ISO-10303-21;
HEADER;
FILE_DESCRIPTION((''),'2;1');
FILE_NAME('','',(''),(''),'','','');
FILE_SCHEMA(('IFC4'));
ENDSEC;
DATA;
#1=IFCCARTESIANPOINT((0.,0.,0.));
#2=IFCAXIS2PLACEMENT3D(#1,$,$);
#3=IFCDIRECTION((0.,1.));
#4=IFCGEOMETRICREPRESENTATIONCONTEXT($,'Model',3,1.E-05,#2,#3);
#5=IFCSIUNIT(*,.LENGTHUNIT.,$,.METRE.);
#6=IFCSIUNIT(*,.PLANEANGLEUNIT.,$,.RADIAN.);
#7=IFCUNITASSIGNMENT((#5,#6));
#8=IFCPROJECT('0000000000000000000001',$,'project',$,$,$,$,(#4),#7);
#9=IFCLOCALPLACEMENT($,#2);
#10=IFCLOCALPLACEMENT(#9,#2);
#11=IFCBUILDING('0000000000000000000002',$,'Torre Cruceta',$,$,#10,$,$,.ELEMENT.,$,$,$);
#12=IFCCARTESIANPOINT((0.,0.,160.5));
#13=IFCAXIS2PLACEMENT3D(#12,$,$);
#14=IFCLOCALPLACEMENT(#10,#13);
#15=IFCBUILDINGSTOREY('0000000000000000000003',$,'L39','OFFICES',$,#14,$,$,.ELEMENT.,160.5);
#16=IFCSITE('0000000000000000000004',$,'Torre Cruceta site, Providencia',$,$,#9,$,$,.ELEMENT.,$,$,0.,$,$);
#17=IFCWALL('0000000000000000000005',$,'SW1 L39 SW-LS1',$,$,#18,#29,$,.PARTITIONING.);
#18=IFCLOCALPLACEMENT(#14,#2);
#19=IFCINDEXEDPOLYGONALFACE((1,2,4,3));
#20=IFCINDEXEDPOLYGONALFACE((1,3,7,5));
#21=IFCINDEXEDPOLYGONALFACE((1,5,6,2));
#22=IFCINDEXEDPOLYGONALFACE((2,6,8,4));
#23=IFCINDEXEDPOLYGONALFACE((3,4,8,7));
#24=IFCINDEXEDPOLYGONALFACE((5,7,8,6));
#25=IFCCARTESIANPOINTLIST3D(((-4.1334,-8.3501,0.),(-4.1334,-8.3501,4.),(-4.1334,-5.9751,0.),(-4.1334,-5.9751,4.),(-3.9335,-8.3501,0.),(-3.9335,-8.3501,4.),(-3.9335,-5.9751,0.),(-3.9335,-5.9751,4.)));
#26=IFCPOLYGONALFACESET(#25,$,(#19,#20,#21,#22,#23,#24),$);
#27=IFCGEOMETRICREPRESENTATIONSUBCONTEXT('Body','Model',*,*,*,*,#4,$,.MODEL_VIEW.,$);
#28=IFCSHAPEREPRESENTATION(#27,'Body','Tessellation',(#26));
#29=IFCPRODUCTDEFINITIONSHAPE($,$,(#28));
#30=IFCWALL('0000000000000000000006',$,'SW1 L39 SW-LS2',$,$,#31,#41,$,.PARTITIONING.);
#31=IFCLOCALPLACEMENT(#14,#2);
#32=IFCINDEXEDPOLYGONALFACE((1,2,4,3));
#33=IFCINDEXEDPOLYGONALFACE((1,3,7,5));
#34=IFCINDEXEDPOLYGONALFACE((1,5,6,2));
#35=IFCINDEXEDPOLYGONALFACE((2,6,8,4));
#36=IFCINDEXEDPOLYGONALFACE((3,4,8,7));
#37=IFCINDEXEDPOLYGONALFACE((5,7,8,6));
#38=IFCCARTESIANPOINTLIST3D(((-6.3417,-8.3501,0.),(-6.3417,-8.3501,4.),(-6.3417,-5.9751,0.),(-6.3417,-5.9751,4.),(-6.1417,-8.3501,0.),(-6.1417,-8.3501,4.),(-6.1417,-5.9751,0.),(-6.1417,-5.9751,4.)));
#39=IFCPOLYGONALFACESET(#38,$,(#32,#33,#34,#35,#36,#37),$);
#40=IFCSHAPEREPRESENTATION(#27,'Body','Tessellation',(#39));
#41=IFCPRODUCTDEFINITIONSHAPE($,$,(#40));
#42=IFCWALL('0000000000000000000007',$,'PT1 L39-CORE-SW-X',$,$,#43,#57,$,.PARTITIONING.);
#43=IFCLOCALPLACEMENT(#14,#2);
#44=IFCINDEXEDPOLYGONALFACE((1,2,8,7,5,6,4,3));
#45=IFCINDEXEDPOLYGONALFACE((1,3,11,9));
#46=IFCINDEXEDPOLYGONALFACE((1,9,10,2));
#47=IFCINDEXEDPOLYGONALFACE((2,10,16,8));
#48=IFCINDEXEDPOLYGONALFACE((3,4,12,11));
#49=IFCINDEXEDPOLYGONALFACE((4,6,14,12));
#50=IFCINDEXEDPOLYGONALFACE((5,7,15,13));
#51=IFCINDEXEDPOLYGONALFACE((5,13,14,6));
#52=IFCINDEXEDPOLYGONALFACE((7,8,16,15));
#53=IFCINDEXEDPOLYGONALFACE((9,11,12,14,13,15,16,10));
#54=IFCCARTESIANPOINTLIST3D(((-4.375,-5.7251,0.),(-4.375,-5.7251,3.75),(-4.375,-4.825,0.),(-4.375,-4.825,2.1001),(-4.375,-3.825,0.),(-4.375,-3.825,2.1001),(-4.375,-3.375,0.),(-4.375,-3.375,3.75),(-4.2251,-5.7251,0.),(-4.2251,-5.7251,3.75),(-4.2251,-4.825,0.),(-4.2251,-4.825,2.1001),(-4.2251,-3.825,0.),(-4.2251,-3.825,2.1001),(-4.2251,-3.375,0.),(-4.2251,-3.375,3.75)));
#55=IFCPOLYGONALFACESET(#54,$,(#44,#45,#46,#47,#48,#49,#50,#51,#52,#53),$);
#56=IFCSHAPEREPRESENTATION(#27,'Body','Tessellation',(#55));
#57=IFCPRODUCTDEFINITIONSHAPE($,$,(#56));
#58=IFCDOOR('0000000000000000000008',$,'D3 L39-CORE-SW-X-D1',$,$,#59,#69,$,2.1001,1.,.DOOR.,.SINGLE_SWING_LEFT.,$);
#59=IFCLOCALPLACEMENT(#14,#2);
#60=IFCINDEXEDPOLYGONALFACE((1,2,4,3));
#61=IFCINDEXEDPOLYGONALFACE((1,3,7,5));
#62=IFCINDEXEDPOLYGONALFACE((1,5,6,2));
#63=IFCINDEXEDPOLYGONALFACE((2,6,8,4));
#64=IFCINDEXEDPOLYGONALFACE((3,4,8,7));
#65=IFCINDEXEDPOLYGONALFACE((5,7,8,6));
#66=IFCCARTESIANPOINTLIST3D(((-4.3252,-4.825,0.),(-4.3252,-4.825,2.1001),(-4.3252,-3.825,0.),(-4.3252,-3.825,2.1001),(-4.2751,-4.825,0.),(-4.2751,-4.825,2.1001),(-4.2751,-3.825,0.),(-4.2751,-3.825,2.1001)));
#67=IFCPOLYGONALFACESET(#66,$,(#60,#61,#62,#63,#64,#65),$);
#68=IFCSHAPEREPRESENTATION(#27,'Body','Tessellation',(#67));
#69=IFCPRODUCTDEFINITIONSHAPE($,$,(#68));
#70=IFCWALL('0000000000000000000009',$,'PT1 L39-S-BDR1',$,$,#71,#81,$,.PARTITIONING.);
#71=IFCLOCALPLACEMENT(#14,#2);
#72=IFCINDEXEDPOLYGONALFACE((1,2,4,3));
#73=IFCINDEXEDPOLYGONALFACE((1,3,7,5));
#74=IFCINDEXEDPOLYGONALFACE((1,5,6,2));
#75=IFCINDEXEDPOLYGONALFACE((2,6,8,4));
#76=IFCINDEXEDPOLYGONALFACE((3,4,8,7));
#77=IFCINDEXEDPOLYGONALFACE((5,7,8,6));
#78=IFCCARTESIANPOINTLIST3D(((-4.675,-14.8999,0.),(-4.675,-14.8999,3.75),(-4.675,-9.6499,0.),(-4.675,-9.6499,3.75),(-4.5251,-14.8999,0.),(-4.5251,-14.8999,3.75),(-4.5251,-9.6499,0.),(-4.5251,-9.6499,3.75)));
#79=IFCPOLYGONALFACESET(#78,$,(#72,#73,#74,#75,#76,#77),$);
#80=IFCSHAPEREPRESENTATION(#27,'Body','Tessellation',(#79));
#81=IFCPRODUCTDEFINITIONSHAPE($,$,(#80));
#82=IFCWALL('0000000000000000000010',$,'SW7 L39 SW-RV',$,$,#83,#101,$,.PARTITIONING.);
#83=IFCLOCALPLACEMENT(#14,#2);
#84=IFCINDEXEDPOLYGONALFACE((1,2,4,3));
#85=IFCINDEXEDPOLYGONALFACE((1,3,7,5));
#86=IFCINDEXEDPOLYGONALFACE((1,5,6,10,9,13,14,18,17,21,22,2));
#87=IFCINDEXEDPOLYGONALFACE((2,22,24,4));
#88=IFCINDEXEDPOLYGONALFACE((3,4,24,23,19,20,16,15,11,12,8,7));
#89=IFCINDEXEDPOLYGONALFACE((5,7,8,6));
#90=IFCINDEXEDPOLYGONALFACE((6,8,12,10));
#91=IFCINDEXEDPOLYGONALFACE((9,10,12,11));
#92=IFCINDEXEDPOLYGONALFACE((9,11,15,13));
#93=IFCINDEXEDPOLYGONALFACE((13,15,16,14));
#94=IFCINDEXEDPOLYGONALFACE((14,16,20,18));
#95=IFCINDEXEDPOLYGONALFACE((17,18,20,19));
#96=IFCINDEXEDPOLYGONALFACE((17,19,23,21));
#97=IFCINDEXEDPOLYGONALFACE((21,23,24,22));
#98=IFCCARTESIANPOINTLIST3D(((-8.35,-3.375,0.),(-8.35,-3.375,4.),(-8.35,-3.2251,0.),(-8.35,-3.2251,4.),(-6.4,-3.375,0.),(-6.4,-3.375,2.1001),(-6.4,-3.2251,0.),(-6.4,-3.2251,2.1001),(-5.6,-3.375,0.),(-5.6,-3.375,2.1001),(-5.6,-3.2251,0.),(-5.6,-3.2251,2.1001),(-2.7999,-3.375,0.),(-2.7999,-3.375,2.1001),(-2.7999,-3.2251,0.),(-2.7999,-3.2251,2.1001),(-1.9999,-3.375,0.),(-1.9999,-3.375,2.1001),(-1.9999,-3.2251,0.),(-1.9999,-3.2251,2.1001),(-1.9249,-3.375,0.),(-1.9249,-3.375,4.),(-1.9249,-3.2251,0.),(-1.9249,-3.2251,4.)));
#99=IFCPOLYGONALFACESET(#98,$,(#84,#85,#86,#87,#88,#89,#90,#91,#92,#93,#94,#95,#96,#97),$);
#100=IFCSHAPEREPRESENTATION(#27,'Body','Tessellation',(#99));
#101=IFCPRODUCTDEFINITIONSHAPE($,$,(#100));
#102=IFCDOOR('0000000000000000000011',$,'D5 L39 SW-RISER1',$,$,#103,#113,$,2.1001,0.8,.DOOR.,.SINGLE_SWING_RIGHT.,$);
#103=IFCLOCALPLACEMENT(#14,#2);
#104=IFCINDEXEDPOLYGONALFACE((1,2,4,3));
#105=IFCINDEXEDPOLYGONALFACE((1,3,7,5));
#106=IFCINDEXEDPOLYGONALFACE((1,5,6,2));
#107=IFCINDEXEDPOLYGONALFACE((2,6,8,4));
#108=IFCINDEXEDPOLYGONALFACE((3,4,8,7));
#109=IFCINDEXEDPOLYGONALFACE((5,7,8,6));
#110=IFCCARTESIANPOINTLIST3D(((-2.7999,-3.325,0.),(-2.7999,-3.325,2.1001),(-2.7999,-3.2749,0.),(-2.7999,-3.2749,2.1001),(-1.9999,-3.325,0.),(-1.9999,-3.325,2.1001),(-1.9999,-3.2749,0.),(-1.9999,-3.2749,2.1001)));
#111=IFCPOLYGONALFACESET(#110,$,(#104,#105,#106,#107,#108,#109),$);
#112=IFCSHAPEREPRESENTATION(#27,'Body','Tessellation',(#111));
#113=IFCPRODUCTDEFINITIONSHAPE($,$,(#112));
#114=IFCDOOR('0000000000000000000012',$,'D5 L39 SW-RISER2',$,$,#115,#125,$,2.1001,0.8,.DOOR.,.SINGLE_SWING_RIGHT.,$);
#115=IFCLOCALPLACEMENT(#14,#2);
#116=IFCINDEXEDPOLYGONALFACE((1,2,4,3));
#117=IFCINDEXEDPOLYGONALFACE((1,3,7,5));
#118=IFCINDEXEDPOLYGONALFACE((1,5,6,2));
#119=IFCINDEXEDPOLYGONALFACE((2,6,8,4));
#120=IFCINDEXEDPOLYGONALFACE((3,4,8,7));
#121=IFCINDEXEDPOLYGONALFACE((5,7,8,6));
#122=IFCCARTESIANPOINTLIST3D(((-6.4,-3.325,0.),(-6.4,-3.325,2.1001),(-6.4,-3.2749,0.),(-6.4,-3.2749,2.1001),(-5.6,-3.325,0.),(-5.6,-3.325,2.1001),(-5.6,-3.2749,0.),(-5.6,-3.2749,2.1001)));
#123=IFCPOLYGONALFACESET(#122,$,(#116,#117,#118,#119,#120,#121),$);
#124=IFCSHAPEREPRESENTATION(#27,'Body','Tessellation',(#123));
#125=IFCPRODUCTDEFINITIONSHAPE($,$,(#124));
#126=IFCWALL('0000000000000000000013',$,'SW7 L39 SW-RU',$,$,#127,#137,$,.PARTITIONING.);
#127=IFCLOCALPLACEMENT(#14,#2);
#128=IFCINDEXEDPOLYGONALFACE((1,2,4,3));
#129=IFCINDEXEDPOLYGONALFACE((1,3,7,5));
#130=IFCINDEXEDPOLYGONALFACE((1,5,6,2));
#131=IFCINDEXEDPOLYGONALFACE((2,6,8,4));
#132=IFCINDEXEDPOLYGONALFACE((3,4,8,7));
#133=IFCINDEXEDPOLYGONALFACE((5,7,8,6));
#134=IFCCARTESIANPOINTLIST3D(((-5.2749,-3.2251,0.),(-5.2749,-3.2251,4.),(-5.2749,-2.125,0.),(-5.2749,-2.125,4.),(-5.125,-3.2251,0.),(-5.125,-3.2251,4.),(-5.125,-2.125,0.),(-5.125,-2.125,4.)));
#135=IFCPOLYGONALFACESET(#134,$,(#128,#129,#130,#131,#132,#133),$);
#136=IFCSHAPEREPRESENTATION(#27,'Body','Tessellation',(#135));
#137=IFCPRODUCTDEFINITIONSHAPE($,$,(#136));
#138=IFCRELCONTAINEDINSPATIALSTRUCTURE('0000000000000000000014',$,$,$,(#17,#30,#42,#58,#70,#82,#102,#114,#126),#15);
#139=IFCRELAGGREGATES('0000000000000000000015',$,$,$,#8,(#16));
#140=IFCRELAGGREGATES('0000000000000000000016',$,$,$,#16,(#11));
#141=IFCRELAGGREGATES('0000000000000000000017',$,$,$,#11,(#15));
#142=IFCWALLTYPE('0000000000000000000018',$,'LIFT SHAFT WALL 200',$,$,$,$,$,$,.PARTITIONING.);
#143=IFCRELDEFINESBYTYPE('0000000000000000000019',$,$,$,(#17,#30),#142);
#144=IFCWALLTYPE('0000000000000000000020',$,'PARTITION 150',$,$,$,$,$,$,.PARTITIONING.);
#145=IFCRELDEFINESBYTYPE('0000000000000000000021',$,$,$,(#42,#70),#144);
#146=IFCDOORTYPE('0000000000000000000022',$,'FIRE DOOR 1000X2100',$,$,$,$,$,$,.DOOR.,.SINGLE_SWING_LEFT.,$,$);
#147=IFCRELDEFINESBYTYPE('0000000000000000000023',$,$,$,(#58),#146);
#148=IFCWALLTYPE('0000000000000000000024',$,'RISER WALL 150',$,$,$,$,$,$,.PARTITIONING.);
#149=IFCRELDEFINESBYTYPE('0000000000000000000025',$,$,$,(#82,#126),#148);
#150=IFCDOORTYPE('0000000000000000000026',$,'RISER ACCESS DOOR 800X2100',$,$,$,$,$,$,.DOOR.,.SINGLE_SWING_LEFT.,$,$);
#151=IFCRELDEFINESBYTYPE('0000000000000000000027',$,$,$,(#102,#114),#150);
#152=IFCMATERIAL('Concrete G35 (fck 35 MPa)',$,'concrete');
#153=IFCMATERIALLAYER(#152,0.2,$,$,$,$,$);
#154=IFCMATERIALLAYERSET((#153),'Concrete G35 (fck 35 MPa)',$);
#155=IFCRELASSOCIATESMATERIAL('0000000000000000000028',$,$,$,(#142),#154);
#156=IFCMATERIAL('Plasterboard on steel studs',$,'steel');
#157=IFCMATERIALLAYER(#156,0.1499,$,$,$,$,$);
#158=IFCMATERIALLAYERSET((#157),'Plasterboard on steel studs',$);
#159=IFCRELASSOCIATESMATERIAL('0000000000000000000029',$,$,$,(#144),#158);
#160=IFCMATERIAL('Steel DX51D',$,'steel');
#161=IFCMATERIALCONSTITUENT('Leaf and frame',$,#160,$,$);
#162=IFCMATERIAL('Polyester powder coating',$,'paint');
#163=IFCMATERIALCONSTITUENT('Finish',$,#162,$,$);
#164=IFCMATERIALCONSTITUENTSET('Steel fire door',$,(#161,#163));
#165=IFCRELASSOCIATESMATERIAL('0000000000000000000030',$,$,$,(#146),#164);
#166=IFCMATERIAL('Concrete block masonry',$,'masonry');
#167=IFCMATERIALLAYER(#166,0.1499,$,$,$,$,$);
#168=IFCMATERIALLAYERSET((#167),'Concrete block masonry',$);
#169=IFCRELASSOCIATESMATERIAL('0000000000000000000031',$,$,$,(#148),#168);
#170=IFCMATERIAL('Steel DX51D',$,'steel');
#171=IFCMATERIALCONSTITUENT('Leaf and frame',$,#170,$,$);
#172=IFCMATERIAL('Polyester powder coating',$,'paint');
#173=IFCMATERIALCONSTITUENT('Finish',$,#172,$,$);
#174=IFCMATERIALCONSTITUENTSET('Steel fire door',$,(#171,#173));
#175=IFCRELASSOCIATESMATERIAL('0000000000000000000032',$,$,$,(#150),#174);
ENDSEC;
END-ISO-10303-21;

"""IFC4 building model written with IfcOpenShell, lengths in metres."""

from ifc_helpers import new_model, si_unit, direction, frame, frame_2d, origin, place, context, subcontext, project, spatial, rectangle, extrude, material, layer, layer_set, constituent, constituent_set, type_object, element, fill, save


model = new_model("IFC4")

# Units and contexts
model_context = context("Model", 3, precision=1e-05, world=origin(), true_north=direction((0.0, 1.0)))
body_context = subcontext(model_context, "Body", "Model", "MODEL_VIEW")
ifc_project = project(units=[si_unit("LENGTHUNIT", "METRE"), si_unit("PLANEANGLEUNIT", "RADIAN")], contexts=[model_context])

# Site, building, storey
site_placement = place(None, origin())
site = spatial("IfcSite", under=ifc_project, at=site_placement, Name="Torre Cruceta site, Providencia", CompositionType="ELEMENT", RefElevation=0.0)
building_placement = place(site_placement, origin())
building = spatial("IfcBuilding", under=site, at=building_placement, Name="Torre Cruceta", CompositionType="ELEMENT")
storey_placement = place(building_placement, frame((0.0, 0.0, 160.5)))
storey = spatial("IfcBuildingStorey", under=building, at=storey_placement, Name="L39", Description="OFFICES", CompositionType="ELEMENT", Elevation=160.5)

# Walls
ifc_material_1 = material(Name="Concrete G35 (fck 35 MPa)", Category="concrete")
ifc_layer_1 = layer(ifc_material_1, 0.2)
ifc_layer_set_1 = layer_set([ifc_layer_1], Name="Concrete G35 (fck 35 MPa)")
wall_type_1 = type_object("IfcWallType", Name="LIFT SHAFT WALL 200", PredefinedType="PARTITIONING", material=ifc_layer_set_1)
for number, where, z_axis, x_axis, name in (
    (1, (-4.0334, -5.9751, 0.0), (0.0, 0.0, 1.0), (0.0, -1.0, 0.0), "SW1 L39 SW-LS1"),
    (2, (-6.2417, -5.9751, 0.0), (0.0, 0.0, 1.0), (0.0, -1.0, 0.0), "SW1 L39 SW-LS2"),
):
    element("IfcWall", number, at=place(storey_placement, frame(where, z_axis=z_axis, x_axis=x_axis)), inside=storey, type_object=wall_type_1, Name=name, PredefinedType="PARTITIONING", context=body_context, shape_type="SweptSolid", body=[
        extrude(rectangle(XDim=2.375, YDim=0.2, at=frame_2d((1.1875, 0.0))), origin(), (0.0, 0.0, 1.0), 4.0),
    ])

# Wall, opening, door
ifc_material_2 = material(Name="Plasterboard on steel studs", Category="steel")
ifc_layer_2 = layer(ifc_material_2, 0.1499)
ifc_layer_set_2 = layer_set([ifc_layer_2], Name="Plasterboard on steel studs")
wall_type_2 = type_object("IfcWallType", Name="PARTITION 150", PredefinedType="PARTITIONING", material=ifc_layer_set_2)
wall_1_placement = place(storey_placement, frame((-4.3, -3.375, 0.0), z_axis=(0.0, 0.0, 1.0), x_axis=(0.0, -1.0, 0.0)))
wall_1 = element("IfcWall", 3, at=wall_1_placement, inside=storey, type_object=wall_type_2, Name="PT1 L39-CORE-SW-X", PredefinedType="PARTITIONING", context=body_context, shape_type="SweptSolid", body=[
    extrude(rectangle(XDim=2.3501, YDim=0.1499, at=frame_2d((1.175, 0.0))), origin(), (0.0, 0.0, 1.0), 3.75),
])
opening_1_placement = place(wall_1_placement, frame((0.45, 0.0, 0.0)))
opening_1 = element("IfcOpeningElement", 4, at=opening_1_placement, cuts=wall_1, PredefinedType="OPENING", context=body_context, shape_type="SweptSolid", body=[
    extrude(rectangle(XDim=1.0, YDim=2.1001, at=frame_2d((0.5, 1.05))), frame((0.0, 0.085, 0.0), z_axis=(0.0, -1.0, 0.0), x_axis=(1.0, 0.0, 0.0)), (0.0, 0.0, 1.0), 0.1699),
])
ifc_material_3 = material(Name="Steel DX51D", Category="steel")
ifc_constituent_1 = constituent(ifc_material_3, Name="Leaf and frame")
ifc_material_4 = material(Name="Polyester powder coating", Category="paint")
ifc_constituent_2 = constituent(ifc_material_4, Name="Finish")
ifc_constituent_set_1 = constituent_set(constituents=[ifc_constituent_1, ifc_constituent_2], Name="Steel fire door")
door_type_1 = type_object("IfcDoorType", Name="FIRE DOOR 1000X2100", OperationType="SINGLE_SWING_LEFT", PredefinedType="DOOR", material=ifc_constituent_set_1)
door_1_placement = place(opening_1_placement, origin())
door_1 = element("IfcDoor", 5, at=door_1_placement, inside=storey, type_object=door_type_1, Name="D3 L39-CORE-SW-X-D1", OperationType="SINGLE_SWING_LEFT", OverallHeight=2.1001, OverallWidth=1.0, PredefinedType="DOOR", context=body_context, shape_type="SweptSolid", body=[
    extrude(rectangle(XDim=1.0, YDim=2.1001, at=frame_2d((0.5, 1.05))), frame((0.0, 0.0249, 0.0), z_axis=(0.0, -1.0, 0.0), x_axis=(1.0, 0.0, 0.0)), (0.0, 0.0, 1.0), 0.05),
])
fill(opening_1, door_1)

# Wall
wall_2_placement = place(storey_placement, frame((-4.6001, -9.6499, 0.0), z_axis=(0.0, 0.0, 1.0), x_axis=(0.0, -1.0, 0.0)))
element("IfcWall", 6, at=wall_2_placement, inside=storey, type_object=wall_type_2, Name="PT1 L39-S-BDR1", PredefinedType="PARTITIONING", context=body_context, shape_type="SweptSolid", body=[
    extrude(rectangle(XDim=5.25, YDim=0.1499, at=frame_2d((2.625, 0.0))), origin(), (0.0, 0.0, 1.0), 3.75),
])

# Wall, openings, doors
ifc_material_5 = material(Name="Concrete block masonry", Category="masonry")
ifc_layer_3 = layer(ifc_material_5, 0.1499)
ifc_layer_set_3 = layer_set([ifc_layer_3], Name="Concrete block masonry")
wall_type_3 = type_object("IfcWallType", Name="RISER WALL 150", PredefinedType="PARTITIONING", material=ifc_layer_set_3)
wall_3_placement = place(storey_placement, frame((-1.925, -3.3, 0.0), z_axis=(0.0, 0.0, 1.0), x_axis=(-1.0, 0.0, 0.0)))
wall_3 = element("IfcWall", 7, at=wall_3_placement, inside=storey, type_object=wall_type_3, Name="SW7 L39 SW-RV", PredefinedType="PARTITIONING", context=body_context, shape_type="SweptSolid", body=[
    extrude(rectangle(XDim=6.425, YDim=0.1499, at=frame_2d((3.2124, 0.0))), origin(), (0.0, 0.0, 1.0), 4.0),
])
opening_2_placement = place(wall_3_placement, frame((0.075, 0.0, 0.0)))
opening_2 = element("IfcOpeningElement", 8, at=opening_2_placement, cuts=wall_3, PredefinedType="OPENING", context=body_context, shape_type="SweptSolid", body=[
    extrude(rectangle(XDim=0.8, YDim=2.1001, at=frame_2d((0.3999, 1.05))), frame((0.0, 0.085, 0.0), z_axis=(0.0, -1.0, 0.0), x_axis=(1.0, 0.0, 0.0)), (0.0, 0.0, 1.0), 0.1699),
])
opening_3_placement = place(wall_3_placement, frame((3.675, 0.0, 0.0)))
opening_3 = element("IfcOpeningElement", 9, at=opening_3_placement, cuts=wall_3, PredefinedType="OPENING", context=body_context, shape_type="SweptSolid", body=[
    extrude(rectangle(XDim=0.8, YDim=2.1001, at=frame_2d((0.3999, 1.05))), frame((0.0, 0.085, 0.0), z_axis=(0.0, -1.0, 0.0), x_axis=(1.0, 0.0, 0.0)), (0.0, 0.0, 1.0), 0.1699),
])
ifc_material_6 = material(Name="Steel DX51D", Category="steel")
ifc_constituent_3 = constituent(ifc_material_6, Name="Leaf and frame")
ifc_material_7 = material(Name="Polyester powder coating", Category="paint")
ifc_constituent_4 = constituent(ifc_material_7, Name="Finish")
ifc_constituent_set_2 = constituent_set(constituents=[ifc_constituent_3, ifc_constituent_4], Name="Steel fire door")
door_type_2 = type_object("IfcDoorType", Name="RISER ACCESS DOOR 800X2100", OperationType="SINGLE_SWING_LEFT", PredefinedType="DOOR", material=ifc_constituent_set_2)
door_2_placement = place(opening_2_placement, frame((0.8, 0.0, 0.0), z_axis=(0.0, 0.0, 1.0), x_axis=(-1.0, 0.0, 0.0)))
door_2 = element("IfcDoor", 10, at=door_2_placement, inside=storey, type_object=door_type_2, Name="D5 L39 SW-RISER1", OperationType="SINGLE_SWING_RIGHT", OverallHeight=2.1001, OverallWidth=0.8, PredefinedType="DOOR", context=body_context, shape_type="SweptSolid", body=[
    extrude(rectangle(XDim=0.8, YDim=2.1001, at=frame_2d((0.4001, 1.05))), frame((0.0, 0.0251, 0.0), z_axis=(0.0, -1.0, 0.0), x_axis=(1.0, 0.0, 0.0)), (0.0, 0.0, 1.0), 0.05),
])
fill(opening_2, door_2)
door_3_placement = place(opening_3_placement, frame((0.8, 0.0, 0.0), z_axis=(0.0, 0.0, 1.0), x_axis=(-1.0, 0.0, 0.0)))
door_3 = element("IfcDoor", 11, at=door_3_placement, inside=storey, type_object=door_type_2, Name="D5 L39 SW-RISER2", OperationType="SINGLE_SWING_RIGHT", OverallHeight=2.1001, OverallWidth=0.8, PredefinedType="DOOR", context=body_context, shape_type="SweptSolid", body=[
    extrude(rectangle(XDim=0.8, YDim=2.1001, at=frame_2d((0.4001, 1.05))), frame((0.0, 0.0251, 0.0), z_axis=(0.0, -1.0, 0.0), x_axis=(1.0, 0.0, 0.0)), (0.0, 0.0, 1.0), 0.05),
])
fill(opening_3, door_3)

# Wall
wall_4_placement = place(storey_placement, frame((-5.2, -2.125, 0.0), z_axis=(0.0, 0.0, 1.0), x_axis=(0.0, -1.0, 0.0)))
element("IfcWall", 12, at=wall_4_placement, inside=storey, type_object=wall_type_3, Name="SW7 L39 SW-RU", PredefinedType="PARTITIONING", context=body_context, shape_type="SweptSolid", body=[
    extrude(rectangle(XDim=1.1001, YDim=0.1499, at=frame_2d((0.55, 0.0))), origin(), (0.0, 0.0, 1.0), 4.0),
])

save(model, "model.ifc")
